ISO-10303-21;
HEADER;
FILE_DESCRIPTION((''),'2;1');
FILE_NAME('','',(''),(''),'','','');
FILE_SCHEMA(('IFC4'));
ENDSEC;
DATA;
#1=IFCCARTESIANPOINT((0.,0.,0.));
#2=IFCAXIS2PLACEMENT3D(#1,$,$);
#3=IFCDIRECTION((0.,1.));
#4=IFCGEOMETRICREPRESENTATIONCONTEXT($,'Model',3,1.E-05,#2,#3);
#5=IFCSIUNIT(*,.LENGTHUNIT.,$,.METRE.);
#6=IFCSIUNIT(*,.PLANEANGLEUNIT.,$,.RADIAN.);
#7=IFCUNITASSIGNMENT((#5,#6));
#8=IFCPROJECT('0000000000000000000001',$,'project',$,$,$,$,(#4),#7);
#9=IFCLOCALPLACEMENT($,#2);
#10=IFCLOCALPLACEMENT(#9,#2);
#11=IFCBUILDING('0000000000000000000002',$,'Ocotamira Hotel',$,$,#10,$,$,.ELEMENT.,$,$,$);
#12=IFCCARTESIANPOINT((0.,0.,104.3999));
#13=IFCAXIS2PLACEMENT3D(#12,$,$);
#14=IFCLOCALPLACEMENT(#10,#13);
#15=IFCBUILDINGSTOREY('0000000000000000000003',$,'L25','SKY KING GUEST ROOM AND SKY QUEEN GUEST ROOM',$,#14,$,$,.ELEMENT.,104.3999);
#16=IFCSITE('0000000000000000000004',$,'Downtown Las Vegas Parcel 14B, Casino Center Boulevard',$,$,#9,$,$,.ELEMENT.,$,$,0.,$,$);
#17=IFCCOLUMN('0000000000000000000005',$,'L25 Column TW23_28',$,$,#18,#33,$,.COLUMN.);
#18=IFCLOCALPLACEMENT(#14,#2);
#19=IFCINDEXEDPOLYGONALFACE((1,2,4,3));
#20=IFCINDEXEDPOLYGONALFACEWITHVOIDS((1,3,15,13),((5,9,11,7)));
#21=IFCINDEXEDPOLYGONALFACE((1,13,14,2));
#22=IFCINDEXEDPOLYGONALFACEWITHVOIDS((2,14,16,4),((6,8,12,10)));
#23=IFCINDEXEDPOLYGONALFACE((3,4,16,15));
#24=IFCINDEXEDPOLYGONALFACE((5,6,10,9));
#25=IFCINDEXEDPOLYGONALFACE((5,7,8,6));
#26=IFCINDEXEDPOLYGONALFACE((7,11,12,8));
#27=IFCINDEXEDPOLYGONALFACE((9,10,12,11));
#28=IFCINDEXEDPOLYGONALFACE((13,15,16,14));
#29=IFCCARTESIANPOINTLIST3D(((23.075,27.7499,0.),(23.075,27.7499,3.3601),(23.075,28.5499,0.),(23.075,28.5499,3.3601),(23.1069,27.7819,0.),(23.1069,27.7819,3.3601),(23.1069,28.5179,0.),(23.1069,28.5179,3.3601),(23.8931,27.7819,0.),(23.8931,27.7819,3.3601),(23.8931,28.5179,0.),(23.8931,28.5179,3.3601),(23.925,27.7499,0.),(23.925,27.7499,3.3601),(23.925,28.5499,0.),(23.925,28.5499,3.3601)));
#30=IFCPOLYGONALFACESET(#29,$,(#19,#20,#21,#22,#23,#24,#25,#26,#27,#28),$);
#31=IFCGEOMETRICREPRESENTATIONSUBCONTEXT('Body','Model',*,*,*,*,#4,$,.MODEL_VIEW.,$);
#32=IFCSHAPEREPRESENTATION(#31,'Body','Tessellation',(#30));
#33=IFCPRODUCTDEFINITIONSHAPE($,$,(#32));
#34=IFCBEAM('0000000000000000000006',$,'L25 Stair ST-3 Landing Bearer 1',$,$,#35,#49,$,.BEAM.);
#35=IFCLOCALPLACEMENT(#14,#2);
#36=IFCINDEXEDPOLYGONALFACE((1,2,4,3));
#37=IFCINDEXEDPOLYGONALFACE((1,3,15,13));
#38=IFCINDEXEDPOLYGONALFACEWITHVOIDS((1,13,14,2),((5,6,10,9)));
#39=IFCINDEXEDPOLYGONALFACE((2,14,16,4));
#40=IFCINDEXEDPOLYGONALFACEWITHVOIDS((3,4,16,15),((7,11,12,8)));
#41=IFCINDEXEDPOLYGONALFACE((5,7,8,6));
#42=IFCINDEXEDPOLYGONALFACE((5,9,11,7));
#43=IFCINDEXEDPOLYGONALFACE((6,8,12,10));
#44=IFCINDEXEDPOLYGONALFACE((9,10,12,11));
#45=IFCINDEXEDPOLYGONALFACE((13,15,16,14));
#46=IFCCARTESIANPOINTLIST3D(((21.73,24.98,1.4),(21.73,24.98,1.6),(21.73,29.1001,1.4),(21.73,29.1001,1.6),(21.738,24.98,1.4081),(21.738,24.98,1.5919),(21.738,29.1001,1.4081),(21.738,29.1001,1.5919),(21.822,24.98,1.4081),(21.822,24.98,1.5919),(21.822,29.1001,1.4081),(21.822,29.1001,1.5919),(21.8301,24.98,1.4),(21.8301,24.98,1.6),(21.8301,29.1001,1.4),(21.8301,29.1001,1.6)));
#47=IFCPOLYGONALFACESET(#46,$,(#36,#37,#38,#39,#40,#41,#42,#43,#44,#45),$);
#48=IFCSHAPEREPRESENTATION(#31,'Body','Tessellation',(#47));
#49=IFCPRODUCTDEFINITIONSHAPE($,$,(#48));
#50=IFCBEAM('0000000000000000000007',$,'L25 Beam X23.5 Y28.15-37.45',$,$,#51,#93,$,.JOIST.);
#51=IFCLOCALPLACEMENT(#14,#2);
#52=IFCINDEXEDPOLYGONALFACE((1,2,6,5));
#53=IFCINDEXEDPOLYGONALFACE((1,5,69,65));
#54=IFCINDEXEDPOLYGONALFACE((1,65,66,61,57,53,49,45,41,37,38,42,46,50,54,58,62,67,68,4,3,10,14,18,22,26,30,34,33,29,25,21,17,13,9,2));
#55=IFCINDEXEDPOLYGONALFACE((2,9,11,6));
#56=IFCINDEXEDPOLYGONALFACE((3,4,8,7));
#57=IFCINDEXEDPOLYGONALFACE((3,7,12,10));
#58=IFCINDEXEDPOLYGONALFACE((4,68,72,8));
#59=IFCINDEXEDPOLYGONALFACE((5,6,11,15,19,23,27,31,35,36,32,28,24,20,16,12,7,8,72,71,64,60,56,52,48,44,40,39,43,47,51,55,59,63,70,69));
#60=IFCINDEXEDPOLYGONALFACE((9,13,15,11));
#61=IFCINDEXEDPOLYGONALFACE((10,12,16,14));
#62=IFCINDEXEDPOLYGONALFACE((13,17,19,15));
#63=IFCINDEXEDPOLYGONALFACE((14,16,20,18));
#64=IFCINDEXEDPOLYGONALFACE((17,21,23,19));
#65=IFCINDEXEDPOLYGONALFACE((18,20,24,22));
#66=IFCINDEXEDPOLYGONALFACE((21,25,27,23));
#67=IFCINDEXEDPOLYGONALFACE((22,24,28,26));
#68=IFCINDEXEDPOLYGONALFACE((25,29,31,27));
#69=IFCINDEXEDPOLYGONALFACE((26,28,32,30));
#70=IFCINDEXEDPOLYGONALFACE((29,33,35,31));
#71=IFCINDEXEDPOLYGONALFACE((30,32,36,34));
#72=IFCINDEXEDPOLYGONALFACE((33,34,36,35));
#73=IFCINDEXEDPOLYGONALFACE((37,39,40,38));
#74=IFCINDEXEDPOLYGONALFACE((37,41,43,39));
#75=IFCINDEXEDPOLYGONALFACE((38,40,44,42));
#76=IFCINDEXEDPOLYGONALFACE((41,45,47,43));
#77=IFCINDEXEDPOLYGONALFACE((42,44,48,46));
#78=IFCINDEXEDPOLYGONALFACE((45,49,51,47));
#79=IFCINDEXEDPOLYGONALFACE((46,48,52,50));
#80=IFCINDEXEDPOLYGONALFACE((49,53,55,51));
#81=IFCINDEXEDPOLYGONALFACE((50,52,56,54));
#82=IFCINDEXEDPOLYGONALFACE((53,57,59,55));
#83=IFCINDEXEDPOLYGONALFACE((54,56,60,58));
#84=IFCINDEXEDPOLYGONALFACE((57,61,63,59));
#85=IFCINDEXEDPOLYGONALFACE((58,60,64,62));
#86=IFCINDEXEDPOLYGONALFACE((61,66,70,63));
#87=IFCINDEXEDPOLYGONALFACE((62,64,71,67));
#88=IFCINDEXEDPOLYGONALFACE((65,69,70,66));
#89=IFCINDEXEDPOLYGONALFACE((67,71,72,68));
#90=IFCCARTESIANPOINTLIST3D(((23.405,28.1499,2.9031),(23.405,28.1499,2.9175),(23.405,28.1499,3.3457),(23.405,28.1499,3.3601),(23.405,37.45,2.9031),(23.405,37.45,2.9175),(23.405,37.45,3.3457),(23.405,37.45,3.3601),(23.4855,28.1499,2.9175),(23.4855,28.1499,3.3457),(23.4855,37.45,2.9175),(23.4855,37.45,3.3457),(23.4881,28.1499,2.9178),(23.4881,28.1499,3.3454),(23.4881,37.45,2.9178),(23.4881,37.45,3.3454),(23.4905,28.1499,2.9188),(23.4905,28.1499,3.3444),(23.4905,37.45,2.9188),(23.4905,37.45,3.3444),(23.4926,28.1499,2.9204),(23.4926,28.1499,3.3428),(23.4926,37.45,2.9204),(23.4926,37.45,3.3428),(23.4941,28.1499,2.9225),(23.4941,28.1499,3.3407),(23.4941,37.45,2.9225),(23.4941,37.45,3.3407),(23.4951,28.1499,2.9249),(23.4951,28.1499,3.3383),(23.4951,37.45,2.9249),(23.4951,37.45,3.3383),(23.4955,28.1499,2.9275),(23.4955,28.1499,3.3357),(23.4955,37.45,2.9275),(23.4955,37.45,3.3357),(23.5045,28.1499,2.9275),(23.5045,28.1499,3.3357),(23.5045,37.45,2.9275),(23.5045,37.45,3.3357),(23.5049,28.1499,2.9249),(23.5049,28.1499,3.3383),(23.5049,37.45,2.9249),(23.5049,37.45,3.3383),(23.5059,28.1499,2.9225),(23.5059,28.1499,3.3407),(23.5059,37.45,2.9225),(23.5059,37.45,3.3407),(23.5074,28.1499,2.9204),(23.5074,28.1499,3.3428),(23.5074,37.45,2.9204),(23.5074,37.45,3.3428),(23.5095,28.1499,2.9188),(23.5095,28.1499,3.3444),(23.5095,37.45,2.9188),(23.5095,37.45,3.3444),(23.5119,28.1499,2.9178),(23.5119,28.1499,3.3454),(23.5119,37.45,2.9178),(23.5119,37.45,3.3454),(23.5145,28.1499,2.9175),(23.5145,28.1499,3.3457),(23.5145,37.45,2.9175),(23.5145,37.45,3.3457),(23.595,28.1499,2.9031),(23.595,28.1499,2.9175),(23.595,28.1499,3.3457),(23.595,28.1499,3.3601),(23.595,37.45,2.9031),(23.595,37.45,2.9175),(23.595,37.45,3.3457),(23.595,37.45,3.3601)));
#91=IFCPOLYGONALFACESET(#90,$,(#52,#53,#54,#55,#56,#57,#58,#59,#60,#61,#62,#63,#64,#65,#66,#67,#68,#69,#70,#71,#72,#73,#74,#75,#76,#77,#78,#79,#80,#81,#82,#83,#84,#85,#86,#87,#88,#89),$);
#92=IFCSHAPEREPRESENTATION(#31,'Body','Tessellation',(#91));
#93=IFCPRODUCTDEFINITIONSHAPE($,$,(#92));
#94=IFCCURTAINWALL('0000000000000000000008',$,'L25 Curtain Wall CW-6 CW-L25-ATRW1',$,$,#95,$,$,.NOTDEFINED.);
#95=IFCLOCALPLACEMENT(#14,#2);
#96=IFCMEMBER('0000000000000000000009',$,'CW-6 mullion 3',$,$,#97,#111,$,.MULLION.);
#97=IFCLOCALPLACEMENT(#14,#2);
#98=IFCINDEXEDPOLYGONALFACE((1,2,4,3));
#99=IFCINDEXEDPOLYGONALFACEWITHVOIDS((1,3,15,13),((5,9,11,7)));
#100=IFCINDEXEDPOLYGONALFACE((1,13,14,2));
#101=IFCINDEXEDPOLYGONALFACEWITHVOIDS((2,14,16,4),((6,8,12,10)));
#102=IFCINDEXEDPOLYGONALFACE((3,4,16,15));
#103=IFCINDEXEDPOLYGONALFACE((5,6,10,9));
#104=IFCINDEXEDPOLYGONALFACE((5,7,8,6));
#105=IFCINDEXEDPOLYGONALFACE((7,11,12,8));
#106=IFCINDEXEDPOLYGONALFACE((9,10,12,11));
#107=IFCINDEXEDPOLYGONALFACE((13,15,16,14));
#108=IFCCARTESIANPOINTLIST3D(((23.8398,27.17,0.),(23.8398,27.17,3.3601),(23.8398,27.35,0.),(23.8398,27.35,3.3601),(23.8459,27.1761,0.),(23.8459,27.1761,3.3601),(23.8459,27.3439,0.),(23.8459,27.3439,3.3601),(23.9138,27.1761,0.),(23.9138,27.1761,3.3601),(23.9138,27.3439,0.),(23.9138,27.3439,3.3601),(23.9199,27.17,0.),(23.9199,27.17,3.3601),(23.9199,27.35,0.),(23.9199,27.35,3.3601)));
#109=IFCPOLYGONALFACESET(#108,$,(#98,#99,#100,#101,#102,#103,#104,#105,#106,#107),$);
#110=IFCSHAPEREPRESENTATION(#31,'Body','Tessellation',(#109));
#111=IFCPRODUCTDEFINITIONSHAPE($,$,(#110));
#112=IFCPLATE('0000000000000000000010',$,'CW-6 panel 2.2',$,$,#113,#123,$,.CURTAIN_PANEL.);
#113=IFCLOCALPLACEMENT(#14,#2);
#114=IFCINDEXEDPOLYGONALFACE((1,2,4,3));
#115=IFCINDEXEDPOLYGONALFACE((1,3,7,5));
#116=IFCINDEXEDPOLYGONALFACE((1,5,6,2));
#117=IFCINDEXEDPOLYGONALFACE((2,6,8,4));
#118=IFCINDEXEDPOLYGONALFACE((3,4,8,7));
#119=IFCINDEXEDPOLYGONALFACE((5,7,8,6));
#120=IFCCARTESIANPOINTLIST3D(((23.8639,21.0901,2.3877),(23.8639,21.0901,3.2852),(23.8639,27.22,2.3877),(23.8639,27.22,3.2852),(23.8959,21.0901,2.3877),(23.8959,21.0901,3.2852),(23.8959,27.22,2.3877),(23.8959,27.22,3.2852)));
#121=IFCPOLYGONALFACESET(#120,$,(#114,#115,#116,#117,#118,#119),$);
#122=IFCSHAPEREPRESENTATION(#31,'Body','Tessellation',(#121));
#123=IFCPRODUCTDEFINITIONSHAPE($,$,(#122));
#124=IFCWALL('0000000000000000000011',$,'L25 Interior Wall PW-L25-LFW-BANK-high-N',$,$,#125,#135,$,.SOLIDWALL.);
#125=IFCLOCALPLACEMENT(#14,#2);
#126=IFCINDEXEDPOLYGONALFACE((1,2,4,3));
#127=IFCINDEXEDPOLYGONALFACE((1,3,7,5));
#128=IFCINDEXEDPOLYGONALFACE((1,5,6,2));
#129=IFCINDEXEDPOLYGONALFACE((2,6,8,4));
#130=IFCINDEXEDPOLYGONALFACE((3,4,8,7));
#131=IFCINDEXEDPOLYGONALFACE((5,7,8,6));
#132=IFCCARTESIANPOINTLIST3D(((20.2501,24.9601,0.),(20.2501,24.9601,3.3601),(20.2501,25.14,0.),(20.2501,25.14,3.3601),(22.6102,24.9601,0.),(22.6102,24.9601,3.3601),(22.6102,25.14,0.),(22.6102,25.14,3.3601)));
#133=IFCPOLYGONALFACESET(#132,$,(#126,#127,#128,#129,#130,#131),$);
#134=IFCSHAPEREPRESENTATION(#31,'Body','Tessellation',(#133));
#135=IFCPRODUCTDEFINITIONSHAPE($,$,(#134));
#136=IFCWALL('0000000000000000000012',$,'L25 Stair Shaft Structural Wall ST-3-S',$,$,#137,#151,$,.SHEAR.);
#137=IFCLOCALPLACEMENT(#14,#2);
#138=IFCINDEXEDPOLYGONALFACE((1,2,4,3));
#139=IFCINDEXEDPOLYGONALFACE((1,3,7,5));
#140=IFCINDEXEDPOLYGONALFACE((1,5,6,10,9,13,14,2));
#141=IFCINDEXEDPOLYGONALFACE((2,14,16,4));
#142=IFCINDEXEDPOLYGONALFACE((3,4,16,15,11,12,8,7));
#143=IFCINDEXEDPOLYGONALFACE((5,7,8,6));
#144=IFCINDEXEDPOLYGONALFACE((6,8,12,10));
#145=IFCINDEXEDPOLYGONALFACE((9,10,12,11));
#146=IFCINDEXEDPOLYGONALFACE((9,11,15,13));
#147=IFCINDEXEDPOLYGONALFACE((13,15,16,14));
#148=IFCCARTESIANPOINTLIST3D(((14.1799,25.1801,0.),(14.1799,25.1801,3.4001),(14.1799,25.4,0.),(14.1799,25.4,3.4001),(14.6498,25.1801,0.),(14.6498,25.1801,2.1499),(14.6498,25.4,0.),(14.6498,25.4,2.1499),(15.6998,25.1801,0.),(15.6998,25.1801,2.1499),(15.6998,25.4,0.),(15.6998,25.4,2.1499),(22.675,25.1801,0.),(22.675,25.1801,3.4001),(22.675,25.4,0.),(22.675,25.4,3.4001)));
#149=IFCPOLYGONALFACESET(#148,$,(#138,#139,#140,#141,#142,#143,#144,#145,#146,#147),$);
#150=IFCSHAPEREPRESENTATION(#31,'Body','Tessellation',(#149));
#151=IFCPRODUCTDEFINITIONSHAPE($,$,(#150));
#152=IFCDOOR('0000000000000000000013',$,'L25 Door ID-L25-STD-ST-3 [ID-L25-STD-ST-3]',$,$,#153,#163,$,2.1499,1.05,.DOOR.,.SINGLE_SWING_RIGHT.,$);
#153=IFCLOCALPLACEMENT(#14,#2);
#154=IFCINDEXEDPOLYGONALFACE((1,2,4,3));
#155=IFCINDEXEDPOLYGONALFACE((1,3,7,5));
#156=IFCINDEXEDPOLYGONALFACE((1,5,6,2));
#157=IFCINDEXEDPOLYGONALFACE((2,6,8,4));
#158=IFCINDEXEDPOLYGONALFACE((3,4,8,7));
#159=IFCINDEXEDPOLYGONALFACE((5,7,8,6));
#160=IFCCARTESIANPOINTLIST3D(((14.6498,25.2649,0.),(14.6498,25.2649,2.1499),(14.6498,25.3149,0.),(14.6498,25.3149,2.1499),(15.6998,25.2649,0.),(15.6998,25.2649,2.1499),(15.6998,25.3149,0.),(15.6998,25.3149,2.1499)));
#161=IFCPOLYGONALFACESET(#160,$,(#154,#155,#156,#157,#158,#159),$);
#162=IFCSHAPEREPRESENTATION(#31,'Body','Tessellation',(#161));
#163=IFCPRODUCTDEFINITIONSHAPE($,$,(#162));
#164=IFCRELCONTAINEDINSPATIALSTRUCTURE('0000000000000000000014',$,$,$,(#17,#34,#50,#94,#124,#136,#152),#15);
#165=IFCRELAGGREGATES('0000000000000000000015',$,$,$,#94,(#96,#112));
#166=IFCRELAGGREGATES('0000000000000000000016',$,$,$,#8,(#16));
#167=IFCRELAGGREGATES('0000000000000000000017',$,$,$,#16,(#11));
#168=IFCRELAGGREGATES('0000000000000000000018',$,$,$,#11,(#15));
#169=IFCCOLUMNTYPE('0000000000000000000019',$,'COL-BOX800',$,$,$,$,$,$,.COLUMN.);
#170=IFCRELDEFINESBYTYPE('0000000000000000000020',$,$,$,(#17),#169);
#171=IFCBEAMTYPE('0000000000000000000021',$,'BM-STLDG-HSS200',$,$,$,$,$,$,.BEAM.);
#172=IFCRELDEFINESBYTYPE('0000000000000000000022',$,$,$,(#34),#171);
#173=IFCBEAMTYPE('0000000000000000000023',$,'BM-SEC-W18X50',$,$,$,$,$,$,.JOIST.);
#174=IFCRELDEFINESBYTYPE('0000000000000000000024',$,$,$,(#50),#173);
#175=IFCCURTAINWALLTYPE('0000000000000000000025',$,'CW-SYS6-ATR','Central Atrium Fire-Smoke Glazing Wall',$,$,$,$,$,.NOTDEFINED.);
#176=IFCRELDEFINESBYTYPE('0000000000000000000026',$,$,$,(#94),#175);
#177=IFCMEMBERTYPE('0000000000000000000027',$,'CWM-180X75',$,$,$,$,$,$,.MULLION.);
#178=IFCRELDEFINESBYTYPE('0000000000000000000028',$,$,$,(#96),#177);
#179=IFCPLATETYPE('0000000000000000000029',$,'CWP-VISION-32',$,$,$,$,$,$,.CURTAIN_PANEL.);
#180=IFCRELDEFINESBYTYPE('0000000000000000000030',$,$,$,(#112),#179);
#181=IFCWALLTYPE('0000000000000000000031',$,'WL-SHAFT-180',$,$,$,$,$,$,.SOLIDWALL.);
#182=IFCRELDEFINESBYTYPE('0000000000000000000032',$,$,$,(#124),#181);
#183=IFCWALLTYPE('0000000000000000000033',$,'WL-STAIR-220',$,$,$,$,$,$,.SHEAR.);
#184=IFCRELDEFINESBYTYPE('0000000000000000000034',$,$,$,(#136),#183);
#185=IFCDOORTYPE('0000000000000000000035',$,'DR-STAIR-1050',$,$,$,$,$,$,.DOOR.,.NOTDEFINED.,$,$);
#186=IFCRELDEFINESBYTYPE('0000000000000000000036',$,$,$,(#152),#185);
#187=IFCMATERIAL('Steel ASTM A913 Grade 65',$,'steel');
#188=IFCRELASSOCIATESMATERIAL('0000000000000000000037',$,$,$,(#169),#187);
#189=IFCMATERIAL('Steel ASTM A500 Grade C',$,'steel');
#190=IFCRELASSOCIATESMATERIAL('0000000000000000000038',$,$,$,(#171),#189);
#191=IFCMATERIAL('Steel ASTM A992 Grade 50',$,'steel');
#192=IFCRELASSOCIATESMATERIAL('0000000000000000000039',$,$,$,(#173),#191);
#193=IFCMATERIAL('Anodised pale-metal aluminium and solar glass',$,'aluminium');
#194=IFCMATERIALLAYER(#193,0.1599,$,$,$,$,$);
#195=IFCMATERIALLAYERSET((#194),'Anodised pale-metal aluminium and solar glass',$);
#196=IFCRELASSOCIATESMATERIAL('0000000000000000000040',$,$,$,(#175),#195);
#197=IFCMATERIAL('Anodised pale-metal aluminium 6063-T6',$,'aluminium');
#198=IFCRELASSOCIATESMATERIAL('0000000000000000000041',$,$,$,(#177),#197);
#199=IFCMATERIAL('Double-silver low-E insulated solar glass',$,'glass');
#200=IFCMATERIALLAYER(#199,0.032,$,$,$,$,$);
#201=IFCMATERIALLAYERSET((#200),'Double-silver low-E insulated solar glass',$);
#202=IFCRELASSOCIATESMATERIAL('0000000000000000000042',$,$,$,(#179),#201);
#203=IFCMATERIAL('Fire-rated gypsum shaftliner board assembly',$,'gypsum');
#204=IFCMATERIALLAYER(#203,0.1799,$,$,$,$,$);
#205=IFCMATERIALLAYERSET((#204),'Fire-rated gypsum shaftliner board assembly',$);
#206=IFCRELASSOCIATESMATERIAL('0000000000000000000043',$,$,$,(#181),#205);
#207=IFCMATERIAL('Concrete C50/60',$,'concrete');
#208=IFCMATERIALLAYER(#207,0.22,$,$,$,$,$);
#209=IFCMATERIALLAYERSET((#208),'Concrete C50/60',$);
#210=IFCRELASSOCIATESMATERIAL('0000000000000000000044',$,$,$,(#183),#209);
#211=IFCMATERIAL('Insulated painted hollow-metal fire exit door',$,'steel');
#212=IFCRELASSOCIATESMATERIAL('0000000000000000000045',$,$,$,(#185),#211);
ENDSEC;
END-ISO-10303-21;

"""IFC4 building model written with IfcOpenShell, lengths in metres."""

from ifc_helpers import new_model, si_unit, direction, frame, frame_2d, origin, origin_2d, place, context, subcontext, project, spatial, rectangle, hollow_rectangle, i_section, extrude, source, transform, mapped, material, layer, layer_set, material_profile, profile_set, type_object, element, fill, aggregate, save


model = new_model("IFC4")

# Units and contexts
model_context = context("Model", 3, precision=1e-05, world=origin(), true_north=direction((0.0, 1.0)))
body_context = subcontext(model_context, "Body", "Model", "MODEL_VIEW")
ifc_project = project(units=[si_unit("LENGTHUNIT", "METRE"), si_unit("PLANEANGLEUNIT", "RADIAN")], contexts=[model_context])

# Site, building, storey
site_placement = place(None, origin())
site = spatial("IfcSite", under=ifc_project, at=site_placement, Name="Downtown Las Vegas Parcel 14B, Casino Center Boulevard", CompositionType="ELEMENT", RefElevation=0.0)
building_placement = place(site_placement, origin())
building = spatial("IfcBuilding", under=site, at=building_placement, Name="Ocotamira Hotel", CompositionType="ELEMENT")
storey_placement = place(building_placement, frame((0.0, 0.0, 104.3999)))
storey = spatial("IfcBuildingStorey", under=building, at=storey_placement, Name="L25", Description="SKY KING GUEST ROOM AND SKY QUEEN GUEST ROOM", CompositionType="ELEMENT", Elevation=104.3999)

# Column
ifc_material_1 = material(Name="Steel ASTM A913 Grade 65", Category="steel")
ifc_material_profile_1 = material_profile(ifc_material_1, hollow_rectangle(XDim=0.8501, YDim=0.8, WallThickness=0.032, at=origin_2d()), Name="BOX800X850X32")
ifc_profile_set_1 = profile_set([ifc_material_profile_1], Name="Steel ASTM A913 Grade 65")
column_type = type_object("IfcColumnType", Name="COL-BOX800", PredefinedType="COLUMN", material=ifc_profile_set_1)
shared_shape_1 = source(origin(), body_context, "Body", "SweptSolid", [
    extrude(hollow_rectangle(XDim=0.8501, YDim=0.8, WallThickness=0.032, at=origin_2d()), origin(), (0.0, 0.0, 1.0), 3.3601),
])
column_placement = place(storey_placement, frame((23.5, 28.1499, 0.0), z_axis=(0.0, 0.0, 1.0), x_axis=(1.0, 0.0, 0.0)))
element("IfcColumn", 1, at=column_placement, inside=storey, type_object=column_type, Name="L25 Column TW23_28", PredefinedType="COLUMN", context=body_context, shape_type="MappedRepresentation", body=[
    mapped(shared_shape_1, transform((0.0, 0.0, 0.0), scale=1.0)),
])

# Beams
ifc_material_2 = material(Name="Steel ASTM A500 Grade C", Category="steel")
ifc_material_profile_2 = material_profile(ifc_material_2, hollow_rectangle(XDim=0.1001, YDim=0.2, WallThickness=0.0081, at=origin_2d()), Name="HSS200X100X8")
ifc_profile_set_2 = profile_set([ifc_material_profile_2], Name="Steel ASTM A500 Grade C")
beam_type_1 = type_object("IfcBeamType", Name="BM-STLDG-HSS200", PredefinedType="BEAM", material=ifc_profile_set_2)
shared_shape_2 = source(origin(), body_context, "Body", "SweptSolid", [
    extrude(hollow_rectangle(XDim=0.1001, YDim=0.2, WallThickness=0.0081, at=origin_2d()), origin(), (0.0, 0.0, 1.0), 4.1201),
])
beam_1_placement = place(storey_placement, frame((21.78, 24.98, 1.5), z_axis=(0.0, 1.0, 0.0), x_axis=(-1.0, 0.0, 0.0)))
element("IfcBeam", 2, at=beam_1_placement, inside=storey, type_object=beam_type_1, Name="L25 Stair ST-3 Landing Bearer 1", PredefinedType="BEAM", context=body_context, shape_type="MappedRepresentation", body=[
    mapped(shared_shape_2, transform((0.0, 0.0, 0.0), scale=1.0)),
])
ifc_material_3 = material(Name="Steel ASTM A992 Grade 50", Category="steel")
ifc_material_profile_3 = material_profile(ifc_material_3, i_section(OverallWidth=0.1899, OverallDepth=0.457, WebThickness=0.009, FlangeThickness=0.0144, FilletRadius=0.01, at=origin_2d()), Name="W18X50")
ifc_profile_set_3 = profile_set([ifc_material_profile_3], Name="Steel ASTM A992 Grade 50")
beam_type_2 = type_object("IfcBeamType", Name="BM-SEC-W18X50", PredefinedType="JOIST", material=ifc_profile_set_3)
shared_shape_3 = source(origin(), body_context, "Body", "SweptSolid", [
    extrude(i_section(OverallWidth=0.1899, OverallDepth=0.457, WebThickness=0.009, FlangeThickness=0.0144, FilletRadius=0.01, at=origin_2d()), origin(), (0.0, 0.0, 1.0), 9.3),
])
beam_2_placement = place(storey_placement, frame((23.5, 28.1499, 3.1316), z_axis=(0.0, 1.0, 0.0), x_axis=(-1.0, 0.0, 0.0)))
element("IfcBeam", 3, at=beam_2_placement, inside=storey, type_object=beam_type_2, Name="L25 Beam X23.5 Y28.15-37.45", PredefinedType="JOIST", context=body_context, shape_type="MappedRepresentation", body=[
    mapped(shared_shape_3, transform((0.0, 0.0, 0.0), scale=1.0)),
])

# Curtain wall, member, plate
ifc_material_4 = material(Name="Anodised pale-metal aluminium and solar glass", Category="aluminium")
ifc_layer_1 = layer(ifc_material_4, 0.1599)
ifc_layer_set_1 = layer_set([ifc_layer_1], Name="Anodised pale-metal aluminium and solar glass")
curtain_wall_type = type_object("IfcCurtainWallType", Name="CW-SYS6-ATR", Description="Central Atrium Fire-Smoke Glazing Wall", PredefinedType="NOTDEFINED", material=ifc_layer_set_1)
curtain_wall_placement = place(storey_placement, origin())
curtain_wall = element("IfcCurtainWall", 4, at=curtain_wall_placement, inside=storey, type_object=curtain_wall_type, Name="L25 Curtain Wall CW-6 CW-L25-ATRW1", PredefinedType="NOTDEFINED")
ifc_material_5 = material(Name="Anodised pale-metal aluminium 6063-T6", Category="aluminium")
ifc_material_profile_4 = material_profile(ifc_material_5, hollow_rectangle(XDim=0.0801, YDim=0.1799, WallThickness=0.0061, at=origin_2d()), Name="HSS180X80X6")
ifc_profile_set_4 = profile_set([ifc_material_profile_4], Name="Anodised pale-metal aluminium 6063-T6")
member_type = type_object("IfcMemberType", Name="CWM-180X75", PredefinedType="MULLION", material=ifc_profile_set_4)
shared_shape_4 = source(origin(), body_context, "Body", "SweptSolid", [
    extrude(hollow_rectangle(XDim=0.0801, YDim=0.1799, WallThickness=0.0061, at=origin_2d()), origin(), (0.0, 0.0, 1.0), 3.3601),
])
member_placement = place(storey_placement, frame((23.8799, 27.26, 0.0), z_axis=(0.0, 0.0, 1.0), x_axis=(-1.0, 0.0, 0.0)))
member = element("IfcMember", 5, at=member_placement, type_object=member_type, Name="CW-6 mullion 3", PredefinedType="MULLION", context=body_context, shape_type="MappedRepresentation", body=[
    mapped(shared_shape_4, transform((0.0, 0.0, 0.0), scale=1.0)),
])
ifc_material_6 = material(Name="Double-silver low-E insulated solar glass", Category="glass")
ifc_layer_2 = layer(ifc_material_6, 0.032)
ifc_layer_set_2 = layer_set([ifc_layer_2], Name="Double-silver low-E insulated solar glass")
plate_type = type_object("IfcPlateType", Name="CWP-VISION-32", PredefinedType="CURTAIN_PANEL", material=ifc_layer_set_2)
shared_shape_5 = source(origin(), body_context, "Body", "SweptSolid", [
    extrude(rectangle(XDim=6.1299, YDim=0.032, at=origin_2d()), origin(), (0.0, 0.0, 1.0), 0.8975),
])
plate_placement = place(storey_placement, frame((23.8799, 24.155, 2.3877), z_axis=(0.0, 0.0, 1.0), x_axis=(0.0, 1.0, 0.0)))
plate = element("IfcPlate", 6, at=plate_placement, type_object=plate_type, Name="CW-6 panel 2.2", PredefinedType="CURTAIN_PANEL", context=body_context, shape_type="MappedRepresentation", body=[
    mapped(shared_shape_5, transform((0.0, 0.0, 0.0), scale=1.0)),
])
aggregate(curtain_wall, [member, plate])

# Wall
ifc_material_7 = material(Name="Fire-rated gypsum shaftliner board assembly", Category="gypsum")
ifc_layer_3 = layer(ifc_material_7, 0.1799)
ifc_layer_set_3 = layer_set([ifc_layer_3], Name="Fire-rated gypsum shaftliner board assembly")
wall_type_1 = type_object("IfcWallType", Name="WL-SHAFT-180", PredefinedType="SOLIDWALL", material=ifc_layer_set_3)
wall_1_placement = place(storey_placement, frame((20.25, 25.05, 0.0), z_axis=(0.0, 0.0, 1.0), x_axis=(1.0, 0.0, 0.0)))
element("IfcWall", 7, at=wall_1_placement, inside=storey, type_object=wall_type_1, Name="L25 Interior Wall PW-L25-LFW-BANK-high-N", PredefinedType="SOLIDWALL", context=body_context, shape_type="SweptSolid", body=[
    extrude(rectangle(XDim=2.3601, YDim=0.1799, at=frame_2d((1.1802, 0.0))), origin(), (0.0, 0.0, 1.0), 3.3601),
])

# Wall, opening, door
ifc_material_8 = material(Name="Concrete C50/60", Category="concrete")
ifc_layer_4 = layer(ifc_material_8, 0.22)
ifc_layer_set_4 = layer_set([ifc_layer_4], Name="Concrete C50/60")
wall_type_2 = type_object("IfcWallType", Name="WL-STAIR-220", PredefinedType="SHEAR", material=ifc_layer_set_4)
wall_2_placement = place(storey_placement, frame((14.1799, 25.29, 0.0), z_axis=(0.0, 0.0, 1.0), x_axis=(1.0, 0.0, 0.0)))
wall_2 = element("IfcWall", 8, at=wall_2_placement, inside=storey, type_object=wall_type_2, Name="L25 Stair Shaft Structural Wall ST-3-S", PredefinedType="SHEAR", context=body_context, shape_type="SweptSolid", body=[
    extrude(rectangle(XDim=8.4951, YDim=0.22, at=frame_2d((4.2476, 0.0))), origin(), (0.0, 0.0, 1.0), 3.4001),
])
opening_1_placement = place(wall_2_placement, frame((0.47, 0.0, 0.0)))
opening_1 = element("IfcOpeningElement", 9, at=opening_1_placement, cuts=wall_2, PredefinedType="OPENING", context=body_context, shape_type="SweptSolid", body=[
    extrude(rectangle(XDim=1.05, YDim=2.1499, at=frame_2d((0.5249, 1.075))), frame((0.0, 0.1201, 0.0), z_axis=(0.0, -1.0, 0.0), x_axis=(1.0, 0.0, 0.0)), (0.0, 0.0, 1.0), 0.24),
])
ifc_material_9 = material(Name="Insulated painted hollow-metal fire exit door", Category="steel")
door_type_1 = type_object("IfcDoorType", Name="DR-STAIR-1050", OperationType="NOTDEFINED", PredefinedType="DOOR", material=ifc_material_9)
shared_shape_6 = source(origin(), body_context, "Body", "SweptSolid", [
    extrude(rectangle(XDim=1.05, YDim=2.1499, at=frame_2d((0.5249, 1.075))), frame((0.0, 0.0249, 0.0), z_axis=(0.0, -1.0, 0.0), x_axis=(1.0, 0.0, 0.0)), (0.0, 0.0, 1.0), 0.05),
])
door_1_placement = place(opening_1_placement, origin())
door_1 = element("IfcDoor", 10, at=door_1_placement, inside=storey, type_object=door_type_1, Name="L25 Door ID-L25-STD-ST-3 [ID-L25-STD-ST-3]", OperationType="SINGLE_SWING_RIGHT", OverallHeight=2.1499, OverallWidth=1.05, PredefinedType="DOOR", context=body_context, shape_type="MappedRepresentation", body=[
    mapped(shared_shape_6, transform((0.0, 0.0, 0.0), scale=1.0)),
])
fill(opening_1, door_1)

save(model, "model.ifc")
